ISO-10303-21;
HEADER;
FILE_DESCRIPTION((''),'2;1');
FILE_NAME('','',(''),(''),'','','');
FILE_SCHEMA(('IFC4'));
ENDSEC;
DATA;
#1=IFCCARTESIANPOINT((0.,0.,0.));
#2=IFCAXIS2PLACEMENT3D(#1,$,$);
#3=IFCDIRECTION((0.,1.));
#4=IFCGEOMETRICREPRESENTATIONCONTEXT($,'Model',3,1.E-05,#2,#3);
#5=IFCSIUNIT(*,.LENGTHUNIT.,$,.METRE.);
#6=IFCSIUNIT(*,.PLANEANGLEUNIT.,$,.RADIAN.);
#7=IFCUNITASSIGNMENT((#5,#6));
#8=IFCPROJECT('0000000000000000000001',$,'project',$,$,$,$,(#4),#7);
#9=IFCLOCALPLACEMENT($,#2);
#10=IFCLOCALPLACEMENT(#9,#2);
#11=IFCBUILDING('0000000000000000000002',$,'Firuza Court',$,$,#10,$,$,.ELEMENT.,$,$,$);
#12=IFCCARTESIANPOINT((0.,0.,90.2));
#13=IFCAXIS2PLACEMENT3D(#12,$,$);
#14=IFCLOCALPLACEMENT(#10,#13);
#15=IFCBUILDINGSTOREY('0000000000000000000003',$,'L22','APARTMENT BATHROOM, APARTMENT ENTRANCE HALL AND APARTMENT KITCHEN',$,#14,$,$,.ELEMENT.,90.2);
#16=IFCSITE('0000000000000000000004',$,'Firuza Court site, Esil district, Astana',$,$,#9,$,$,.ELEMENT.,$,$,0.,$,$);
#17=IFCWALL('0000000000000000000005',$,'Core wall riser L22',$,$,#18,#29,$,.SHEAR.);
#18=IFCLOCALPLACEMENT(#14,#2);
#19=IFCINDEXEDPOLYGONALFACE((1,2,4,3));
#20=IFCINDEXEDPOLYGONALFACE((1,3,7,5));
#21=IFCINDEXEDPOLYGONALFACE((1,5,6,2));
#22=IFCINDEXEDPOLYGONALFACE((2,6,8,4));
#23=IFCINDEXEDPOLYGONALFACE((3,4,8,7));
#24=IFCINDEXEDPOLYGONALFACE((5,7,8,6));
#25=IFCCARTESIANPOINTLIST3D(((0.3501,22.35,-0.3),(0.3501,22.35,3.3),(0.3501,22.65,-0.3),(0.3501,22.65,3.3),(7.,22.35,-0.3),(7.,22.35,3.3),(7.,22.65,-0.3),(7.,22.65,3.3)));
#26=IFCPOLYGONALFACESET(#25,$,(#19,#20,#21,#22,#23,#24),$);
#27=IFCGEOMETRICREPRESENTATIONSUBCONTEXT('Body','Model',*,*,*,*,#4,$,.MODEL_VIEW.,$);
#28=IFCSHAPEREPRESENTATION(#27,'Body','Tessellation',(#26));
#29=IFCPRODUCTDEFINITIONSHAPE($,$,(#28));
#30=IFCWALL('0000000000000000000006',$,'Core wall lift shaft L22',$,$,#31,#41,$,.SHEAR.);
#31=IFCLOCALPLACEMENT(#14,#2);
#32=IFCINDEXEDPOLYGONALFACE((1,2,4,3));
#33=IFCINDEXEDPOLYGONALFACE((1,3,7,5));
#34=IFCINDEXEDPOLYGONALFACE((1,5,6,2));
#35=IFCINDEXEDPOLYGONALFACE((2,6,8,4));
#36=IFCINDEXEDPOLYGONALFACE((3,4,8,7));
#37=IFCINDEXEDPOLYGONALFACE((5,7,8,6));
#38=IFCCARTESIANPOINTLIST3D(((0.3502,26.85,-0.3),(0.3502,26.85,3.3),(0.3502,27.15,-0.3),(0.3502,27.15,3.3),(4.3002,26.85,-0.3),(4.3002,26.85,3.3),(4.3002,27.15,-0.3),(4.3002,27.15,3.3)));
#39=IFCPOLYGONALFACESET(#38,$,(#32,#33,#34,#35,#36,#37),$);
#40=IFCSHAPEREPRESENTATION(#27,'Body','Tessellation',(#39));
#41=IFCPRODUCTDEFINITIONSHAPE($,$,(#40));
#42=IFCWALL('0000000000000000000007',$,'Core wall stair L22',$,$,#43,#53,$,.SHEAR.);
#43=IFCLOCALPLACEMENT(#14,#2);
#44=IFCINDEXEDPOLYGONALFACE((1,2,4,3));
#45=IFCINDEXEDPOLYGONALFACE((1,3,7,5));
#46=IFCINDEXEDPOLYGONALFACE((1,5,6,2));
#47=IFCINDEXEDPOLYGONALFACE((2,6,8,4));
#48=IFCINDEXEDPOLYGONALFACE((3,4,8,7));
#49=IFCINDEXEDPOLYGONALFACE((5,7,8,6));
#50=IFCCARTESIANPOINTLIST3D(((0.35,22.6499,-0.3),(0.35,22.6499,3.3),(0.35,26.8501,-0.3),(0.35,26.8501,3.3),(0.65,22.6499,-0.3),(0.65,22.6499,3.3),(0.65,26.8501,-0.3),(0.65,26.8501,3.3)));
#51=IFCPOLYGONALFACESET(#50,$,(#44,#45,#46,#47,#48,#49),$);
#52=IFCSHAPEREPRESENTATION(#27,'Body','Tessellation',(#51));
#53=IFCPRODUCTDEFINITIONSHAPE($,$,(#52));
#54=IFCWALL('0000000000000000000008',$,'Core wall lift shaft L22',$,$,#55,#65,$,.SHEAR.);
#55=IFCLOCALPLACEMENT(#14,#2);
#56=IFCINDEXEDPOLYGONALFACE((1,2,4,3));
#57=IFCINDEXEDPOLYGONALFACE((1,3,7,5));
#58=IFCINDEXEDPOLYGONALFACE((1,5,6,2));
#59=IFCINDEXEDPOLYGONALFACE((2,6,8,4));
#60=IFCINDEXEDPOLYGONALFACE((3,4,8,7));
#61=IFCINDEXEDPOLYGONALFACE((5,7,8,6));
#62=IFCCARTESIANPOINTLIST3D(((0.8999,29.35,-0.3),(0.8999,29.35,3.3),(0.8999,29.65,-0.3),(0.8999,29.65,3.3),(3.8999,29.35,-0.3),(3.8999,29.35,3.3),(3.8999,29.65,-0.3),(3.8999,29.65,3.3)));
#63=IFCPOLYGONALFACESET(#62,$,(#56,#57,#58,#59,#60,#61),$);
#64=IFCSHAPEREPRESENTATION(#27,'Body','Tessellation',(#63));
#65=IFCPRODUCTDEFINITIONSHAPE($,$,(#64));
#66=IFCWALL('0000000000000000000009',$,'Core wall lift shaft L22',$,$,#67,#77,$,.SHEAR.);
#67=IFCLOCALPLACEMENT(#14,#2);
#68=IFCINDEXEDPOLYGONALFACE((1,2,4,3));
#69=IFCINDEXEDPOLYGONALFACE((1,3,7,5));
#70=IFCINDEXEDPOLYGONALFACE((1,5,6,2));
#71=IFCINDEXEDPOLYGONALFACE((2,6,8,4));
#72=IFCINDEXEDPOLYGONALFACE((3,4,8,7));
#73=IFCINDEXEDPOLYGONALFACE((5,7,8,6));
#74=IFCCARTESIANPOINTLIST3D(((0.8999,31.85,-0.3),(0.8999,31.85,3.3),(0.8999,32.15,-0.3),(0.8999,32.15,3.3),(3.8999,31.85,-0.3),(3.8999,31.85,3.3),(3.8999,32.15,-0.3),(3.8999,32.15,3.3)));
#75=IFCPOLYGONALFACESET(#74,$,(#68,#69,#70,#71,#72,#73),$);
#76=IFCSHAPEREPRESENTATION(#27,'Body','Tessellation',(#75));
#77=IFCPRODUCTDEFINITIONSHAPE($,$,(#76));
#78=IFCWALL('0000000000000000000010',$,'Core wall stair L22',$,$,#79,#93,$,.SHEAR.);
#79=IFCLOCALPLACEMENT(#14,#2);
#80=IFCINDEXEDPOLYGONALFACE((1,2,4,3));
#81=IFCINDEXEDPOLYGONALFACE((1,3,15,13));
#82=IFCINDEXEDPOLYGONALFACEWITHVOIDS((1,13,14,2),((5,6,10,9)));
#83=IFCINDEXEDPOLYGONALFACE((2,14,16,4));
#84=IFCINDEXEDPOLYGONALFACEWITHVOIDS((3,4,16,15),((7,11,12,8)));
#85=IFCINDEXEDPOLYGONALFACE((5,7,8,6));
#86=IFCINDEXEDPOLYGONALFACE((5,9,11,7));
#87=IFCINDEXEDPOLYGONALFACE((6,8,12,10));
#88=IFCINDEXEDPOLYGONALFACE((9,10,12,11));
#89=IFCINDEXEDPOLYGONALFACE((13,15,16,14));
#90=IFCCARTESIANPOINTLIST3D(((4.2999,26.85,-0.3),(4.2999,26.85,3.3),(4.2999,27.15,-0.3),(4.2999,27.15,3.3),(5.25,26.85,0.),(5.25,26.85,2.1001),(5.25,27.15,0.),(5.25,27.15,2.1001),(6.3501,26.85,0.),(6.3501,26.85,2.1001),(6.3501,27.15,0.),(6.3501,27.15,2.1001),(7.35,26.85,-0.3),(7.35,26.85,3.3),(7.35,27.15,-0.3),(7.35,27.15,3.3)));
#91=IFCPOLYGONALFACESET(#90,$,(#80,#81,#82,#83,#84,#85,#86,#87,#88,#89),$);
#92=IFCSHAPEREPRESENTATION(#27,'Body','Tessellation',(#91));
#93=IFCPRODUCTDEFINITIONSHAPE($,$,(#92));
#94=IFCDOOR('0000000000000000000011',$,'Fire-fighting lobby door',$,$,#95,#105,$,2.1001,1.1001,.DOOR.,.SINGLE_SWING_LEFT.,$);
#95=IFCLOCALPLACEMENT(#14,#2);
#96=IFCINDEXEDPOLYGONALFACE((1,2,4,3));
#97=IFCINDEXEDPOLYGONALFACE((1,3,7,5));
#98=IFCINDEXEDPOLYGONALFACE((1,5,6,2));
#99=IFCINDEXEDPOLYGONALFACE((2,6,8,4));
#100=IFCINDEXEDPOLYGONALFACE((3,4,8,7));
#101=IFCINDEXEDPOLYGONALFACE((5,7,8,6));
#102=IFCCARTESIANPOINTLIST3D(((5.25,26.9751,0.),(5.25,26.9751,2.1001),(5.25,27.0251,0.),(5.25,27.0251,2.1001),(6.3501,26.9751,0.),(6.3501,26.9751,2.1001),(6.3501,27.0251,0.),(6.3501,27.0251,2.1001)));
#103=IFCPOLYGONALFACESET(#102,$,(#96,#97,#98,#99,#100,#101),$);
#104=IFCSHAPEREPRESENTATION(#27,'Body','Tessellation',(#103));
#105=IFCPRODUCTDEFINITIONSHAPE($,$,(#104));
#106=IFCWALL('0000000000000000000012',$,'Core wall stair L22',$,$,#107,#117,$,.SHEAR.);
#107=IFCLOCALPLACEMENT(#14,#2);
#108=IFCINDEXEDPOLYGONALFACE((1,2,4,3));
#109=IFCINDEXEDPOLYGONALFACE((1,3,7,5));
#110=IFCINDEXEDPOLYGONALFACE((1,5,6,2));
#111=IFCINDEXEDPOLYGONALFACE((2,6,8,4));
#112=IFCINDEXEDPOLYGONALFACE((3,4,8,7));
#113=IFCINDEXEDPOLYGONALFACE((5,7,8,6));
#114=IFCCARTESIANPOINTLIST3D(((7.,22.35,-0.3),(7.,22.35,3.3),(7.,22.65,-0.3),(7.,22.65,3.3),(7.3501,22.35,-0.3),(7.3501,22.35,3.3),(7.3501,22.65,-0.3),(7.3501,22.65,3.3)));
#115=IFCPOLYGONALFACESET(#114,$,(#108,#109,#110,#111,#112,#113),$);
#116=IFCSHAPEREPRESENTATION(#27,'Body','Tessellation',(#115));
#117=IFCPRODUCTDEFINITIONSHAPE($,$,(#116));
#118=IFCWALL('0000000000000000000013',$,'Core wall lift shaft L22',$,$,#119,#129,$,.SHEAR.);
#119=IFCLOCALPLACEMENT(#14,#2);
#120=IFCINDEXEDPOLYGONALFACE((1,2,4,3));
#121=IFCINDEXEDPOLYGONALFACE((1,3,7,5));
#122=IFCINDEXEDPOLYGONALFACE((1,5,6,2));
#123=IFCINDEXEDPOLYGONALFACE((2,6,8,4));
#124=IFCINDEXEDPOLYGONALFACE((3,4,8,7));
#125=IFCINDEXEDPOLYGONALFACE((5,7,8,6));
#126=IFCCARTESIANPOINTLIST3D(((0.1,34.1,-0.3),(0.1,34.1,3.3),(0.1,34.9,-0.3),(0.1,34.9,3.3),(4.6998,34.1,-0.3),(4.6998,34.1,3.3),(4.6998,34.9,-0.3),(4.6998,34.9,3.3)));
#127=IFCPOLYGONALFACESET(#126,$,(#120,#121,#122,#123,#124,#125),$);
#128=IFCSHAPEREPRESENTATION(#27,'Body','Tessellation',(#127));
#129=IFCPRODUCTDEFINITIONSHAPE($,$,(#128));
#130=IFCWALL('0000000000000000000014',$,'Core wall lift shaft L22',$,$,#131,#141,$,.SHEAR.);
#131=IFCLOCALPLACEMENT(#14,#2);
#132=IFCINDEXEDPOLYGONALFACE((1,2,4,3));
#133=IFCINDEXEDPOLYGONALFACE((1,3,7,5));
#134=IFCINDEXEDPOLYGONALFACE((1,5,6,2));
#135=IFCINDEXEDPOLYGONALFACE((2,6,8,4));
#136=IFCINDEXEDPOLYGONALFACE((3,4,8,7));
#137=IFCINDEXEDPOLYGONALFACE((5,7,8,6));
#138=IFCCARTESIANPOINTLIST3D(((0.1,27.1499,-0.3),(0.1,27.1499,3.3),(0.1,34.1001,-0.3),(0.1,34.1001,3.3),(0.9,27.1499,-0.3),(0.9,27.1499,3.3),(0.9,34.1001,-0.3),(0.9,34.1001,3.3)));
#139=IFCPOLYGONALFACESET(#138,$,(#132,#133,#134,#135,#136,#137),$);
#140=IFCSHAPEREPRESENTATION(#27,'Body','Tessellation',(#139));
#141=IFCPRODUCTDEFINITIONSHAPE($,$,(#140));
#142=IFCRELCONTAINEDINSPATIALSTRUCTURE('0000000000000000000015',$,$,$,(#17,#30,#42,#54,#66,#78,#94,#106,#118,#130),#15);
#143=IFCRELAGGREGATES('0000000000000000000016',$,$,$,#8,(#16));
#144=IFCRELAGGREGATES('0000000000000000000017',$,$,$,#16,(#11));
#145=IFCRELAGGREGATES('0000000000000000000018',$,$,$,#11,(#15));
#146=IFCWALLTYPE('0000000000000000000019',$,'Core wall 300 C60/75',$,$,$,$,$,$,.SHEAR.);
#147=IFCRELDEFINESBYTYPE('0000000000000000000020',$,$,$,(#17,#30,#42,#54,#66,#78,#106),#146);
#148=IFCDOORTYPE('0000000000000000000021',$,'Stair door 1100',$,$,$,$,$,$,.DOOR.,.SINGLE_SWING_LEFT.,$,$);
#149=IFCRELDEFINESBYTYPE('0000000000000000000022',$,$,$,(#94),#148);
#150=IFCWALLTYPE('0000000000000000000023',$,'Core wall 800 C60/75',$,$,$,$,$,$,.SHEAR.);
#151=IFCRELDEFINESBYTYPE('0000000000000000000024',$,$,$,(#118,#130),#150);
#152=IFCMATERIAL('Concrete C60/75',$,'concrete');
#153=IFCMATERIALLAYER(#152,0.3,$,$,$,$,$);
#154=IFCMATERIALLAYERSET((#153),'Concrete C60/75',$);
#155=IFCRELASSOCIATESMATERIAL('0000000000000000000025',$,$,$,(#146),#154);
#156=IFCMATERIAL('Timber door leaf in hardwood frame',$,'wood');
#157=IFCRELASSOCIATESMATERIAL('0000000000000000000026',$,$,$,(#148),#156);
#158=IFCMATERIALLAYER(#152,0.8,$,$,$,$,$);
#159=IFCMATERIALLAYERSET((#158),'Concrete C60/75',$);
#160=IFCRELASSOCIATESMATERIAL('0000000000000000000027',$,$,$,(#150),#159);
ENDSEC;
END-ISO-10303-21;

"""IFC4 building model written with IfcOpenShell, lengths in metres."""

from ifc_helpers import new_model, si_unit, direction, frame, frame_2d, origin, place, context, subcontext, project, spatial, rectangle, extrude, material, layer, layer_set, type_object, element, fill, save


model = new_model("IFC4")

# Units and contexts
model_context = context("Model", 3, precision=1e-05, world=origin(), true_north=direction((0.0, 1.0)))
body_context = subcontext(model_context, "Body", "Model", "MODEL_VIEW")
ifc_project = project(units=[si_unit("LENGTHUNIT", "METRE"), si_unit("PLANEANGLEUNIT", "RADIAN")], contexts=[model_context])

# Site, building, storey
site_placement = place(None, origin())
site = spatial("IfcSite", under=ifc_project, at=site_placement, Name="Firuza Court site, Esil district, Astana", CompositionType="ELEMENT", RefElevation=0.0)
building_placement = place(site_placement, origin())
building = spatial("IfcBuilding", under=site, at=building_placement, Name="Firuza Court", CompositionType="ELEMENT")
storey_placement = place(building_placement, frame((0.0, 0.0, 90.2)))
storey = spatial("IfcBuildingStorey", under=building, at=storey_placement, Name="L22", Description="APARTMENT BATHROOM, APARTMENT ENTRANCE HALL AND APARTMENT KITCHEN", CompositionType="ELEMENT", Elevation=90.2)

# Walls
ifc_material_1 = material(Name="Concrete C60/75", Category="concrete")
ifc_layer_1 = layer(ifc_material_1, 0.3)
ifc_layer_set_1 = layer_set([ifc_layer_1], Name="Concrete C60/75")
wall_type_1 = type_object("IfcWallType", Name="Core wall 300 C60/75", PredefinedType="SHEAR", material=ifc_layer_set_1)
wall_1_placement = place(storey_placement, frame((0.3501, 22.5, -0.3), z_axis=(0.0, 0.0, 1.0), x_axis=(1.0, 0.0, 0.0)))
element("IfcWall", 1, at=wall_1_placement, inside=storey, type_object=wall_type_1, Name="Core wall riser L22", PredefinedType="SHEAR", context=body_context, shape_type="SweptSolid", body=[
    extrude(rectangle(XDim=6.6499, YDim=0.3, at=frame_2d((3.325, 0.0))), origin(), (0.0, 0.0, 1.0), 3.6001),
])
wall_2_placement = place(storey_placement, frame((0.3501, 27.0, -0.3), z_axis=(0.0, 0.0, 1.0), x_axis=(1.0, 0.0, 0.0)))
element("IfcWall", 2, at=wall_2_placement, inside=storey, type_object=wall_type_1, Name="Core wall lift shaft L22", PredefinedType="SHEAR", context=body_context, shape_type="SweptSolid", body=[
    extrude(rectangle(XDim=3.95, YDim=0.3, at=frame_2d((1.9751, 0.0))), origin(), (0.0, 0.0, 1.0), 3.6001),
])
wall_3_placement = place(storey_placement, frame((0.5, 22.6499, -0.3), z_axis=(0.0, 0.0, 1.0), x_axis=(0.0, 1.0, 0.0)))
element("IfcWall", 3, at=wall_3_placement, inside=storey, type_object=wall_type_1, Name="Core wall stair L22", PredefinedType="SHEAR", context=body_context, shape_type="SweptSolid", body=[
    extrude(rectangle(XDim=4.2002, YDim=0.3, at=frame_2d((2.1001, 0.0))), origin(), (0.0, 0.0, 1.0), 3.6001),
])
for number, where, z_axis, x_axis, name in (
    (4, (0.8999, 29.5, -0.3), (0.0, 0.0, 1.0), (1.0, 0.0, 0.0), "Core wall lift shaft L22"),
    (5, (0.8999, 32.0, -0.3), (0.0, 0.0, 1.0), (1.0, 0.0, 0.0), "Core wall lift shaft L22"),
):
    element("IfcWall", number, at=place(storey_placement, frame(where, z_axis=z_axis, x_axis=x_axis)), inside=storey, type_object=wall_type_1, Name=name, PredefinedType="SHEAR", context=body_context, shape_type="SweptSolid", body=[
        extrude(rectangle(XDim=3.0, YDim=0.3, at=frame_2d((1.5, 0.0))), origin(), (0.0, 0.0, 1.0), 3.6001),
    ])

# Wall, opening, door
wall_4_placement = place(storey_placement, frame((4.3, 27.0, -0.3), z_axis=(0.0, 0.0, 1.0), x_axis=(1.0, 0.0, 0.0)))
wall_4 = element("IfcWall", 6, at=wall_4_placement, inside=storey, type_object=wall_type_1, Name="Core wall stair L22", PredefinedType="SHEAR", context=body_context, shape_type="SweptSolid", body=[
    extrude(rectangle(XDim=3.05, YDim=0.3, at=frame_2d((1.5249, 0.0))), origin(), (0.0, 0.0, 1.0), 3.6001),
])
opening_1_placement = place(wall_4_placement, frame((0.95, 0.0, 0.3)))
opening_1 = element("IfcOpeningElement", 7, at=opening_1_placement, cuts=wall_4, PredefinedType="OPENING", context=body_context, shape_type="SweptSolid", body=[
    extrude(rectangle(XDim=1.1001, YDim=2.1001, at=frame_2d((0.55, 1.05))), frame((0.0, 0.1621, 0.0), z_axis=(0.0, -1.0, 0.0), x_axis=(1.0, 0.0, 0.0)), (0.0, 0.0, 1.0), 0.324),
])
ifc_material_2 = material(Name="Timber door leaf in hardwood frame", Category="wood")
door_type_1 = type_object("IfcDoorType", Name="Stair door 1100", OperationType="SINGLE_SWING_LEFT", PredefinedType="DOOR", material=ifc_material_2)
door_1_placement = place(opening_1_placement, frame((1.1001, 0.0, 0.0), z_axis=(0.0, 0.0, 1.0), x_axis=(-1.0, 0.0, 0.0)))
door_1 = element("IfcDoor", 8, at=door_1_placement, inside=storey, type_object=door_type_1, Name="Fire-fighting lobby door", OperationType="SINGLE_SWING_LEFT", OverallHeight=2.1001, OverallWidth=1.1001, PredefinedType="DOOR", context=body_context, shape_type="SweptSolid", body=[
    extrude(rectangle(XDim=1.1001, YDim=2.1001, at=frame_2d((0.55, 1.05))), frame((0.0, 0.0249, 0.0), z_axis=(0.0, -1.0, 0.0), x_axis=(1.0, 0.0, 0.0)), (0.0, 0.0, 1.0), 0.05),
])
fill(opening_1, door_1)

# Walls
wall_5_placement = place(storey_placement, frame((7.0, 22.5, -0.3), z_axis=(0.0, 0.0, 1.0), x_axis=(1.0, 0.0, 0.0)))
element("IfcWall", 9, at=wall_5_placement, inside=storey, type_object=wall_type_1, Name="Core wall stair L22", PredefinedType="SHEAR", context=body_context, shape_type="SweptSolid", body=[
    extrude(rectangle(XDim=0.3501, YDim=0.3, at=frame_2d((0.175, 0.0))), origin(), (0.0, 0.0, 1.0), 3.6001),
])
ifc_layer_2 = layer(ifc_material_1, 0.8)
ifc_layer_set_2 = layer_set([ifc_layer_2], Name="Concrete C60/75")
wall_type_2 = type_object("IfcWallType", Name="Core wall 800 C60/75", PredefinedType="SHEAR", material=ifc_layer_set_2)
wall_6_placement = place(storey_placement, frame((0.1001, 34.5, -0.3), z_axis=(0.0, 0.0, 1.0), x_axis=(1.0, 0.0, 0.0)))
element("IfcWall", 10, at=wall_6_placement, inside=storey, type_object=wall_type_2, Name="Core wall lift shaft L22", PredefinedType="SHEAR", context=body_context, shape_type="SweptSolid", body=[
    extrude(rectangle(XDim=4.5999, YDim=0.8, at=frame_2d((2.2998, 0.0))), origin(), (0.0, 0.0, 1.0), 3.6001),
])
wall_7_placement = place(storey_placement, frame((0.5, 27.1499, -0.3), z_axis=(0.0, 0.0, 1.0), x_axis=(0.0, 1.0, 0.0)))
element("IfcWall", 11, at=wall_7_placement, inside=storey, type_object=wall_type_2, Name="Core wall lift shaft L22", PredefinedType="SHEAR", context=body_context, shape_type="SweptSolid", body=[
    extrude(rectangle(XDim=6.9502, YDim=0.8, at=frame_2d((3.4751, 0.0))), origin(), (0.0, 0.0, 1.0), 3.6001),
])

save(model, "model.ifc")
